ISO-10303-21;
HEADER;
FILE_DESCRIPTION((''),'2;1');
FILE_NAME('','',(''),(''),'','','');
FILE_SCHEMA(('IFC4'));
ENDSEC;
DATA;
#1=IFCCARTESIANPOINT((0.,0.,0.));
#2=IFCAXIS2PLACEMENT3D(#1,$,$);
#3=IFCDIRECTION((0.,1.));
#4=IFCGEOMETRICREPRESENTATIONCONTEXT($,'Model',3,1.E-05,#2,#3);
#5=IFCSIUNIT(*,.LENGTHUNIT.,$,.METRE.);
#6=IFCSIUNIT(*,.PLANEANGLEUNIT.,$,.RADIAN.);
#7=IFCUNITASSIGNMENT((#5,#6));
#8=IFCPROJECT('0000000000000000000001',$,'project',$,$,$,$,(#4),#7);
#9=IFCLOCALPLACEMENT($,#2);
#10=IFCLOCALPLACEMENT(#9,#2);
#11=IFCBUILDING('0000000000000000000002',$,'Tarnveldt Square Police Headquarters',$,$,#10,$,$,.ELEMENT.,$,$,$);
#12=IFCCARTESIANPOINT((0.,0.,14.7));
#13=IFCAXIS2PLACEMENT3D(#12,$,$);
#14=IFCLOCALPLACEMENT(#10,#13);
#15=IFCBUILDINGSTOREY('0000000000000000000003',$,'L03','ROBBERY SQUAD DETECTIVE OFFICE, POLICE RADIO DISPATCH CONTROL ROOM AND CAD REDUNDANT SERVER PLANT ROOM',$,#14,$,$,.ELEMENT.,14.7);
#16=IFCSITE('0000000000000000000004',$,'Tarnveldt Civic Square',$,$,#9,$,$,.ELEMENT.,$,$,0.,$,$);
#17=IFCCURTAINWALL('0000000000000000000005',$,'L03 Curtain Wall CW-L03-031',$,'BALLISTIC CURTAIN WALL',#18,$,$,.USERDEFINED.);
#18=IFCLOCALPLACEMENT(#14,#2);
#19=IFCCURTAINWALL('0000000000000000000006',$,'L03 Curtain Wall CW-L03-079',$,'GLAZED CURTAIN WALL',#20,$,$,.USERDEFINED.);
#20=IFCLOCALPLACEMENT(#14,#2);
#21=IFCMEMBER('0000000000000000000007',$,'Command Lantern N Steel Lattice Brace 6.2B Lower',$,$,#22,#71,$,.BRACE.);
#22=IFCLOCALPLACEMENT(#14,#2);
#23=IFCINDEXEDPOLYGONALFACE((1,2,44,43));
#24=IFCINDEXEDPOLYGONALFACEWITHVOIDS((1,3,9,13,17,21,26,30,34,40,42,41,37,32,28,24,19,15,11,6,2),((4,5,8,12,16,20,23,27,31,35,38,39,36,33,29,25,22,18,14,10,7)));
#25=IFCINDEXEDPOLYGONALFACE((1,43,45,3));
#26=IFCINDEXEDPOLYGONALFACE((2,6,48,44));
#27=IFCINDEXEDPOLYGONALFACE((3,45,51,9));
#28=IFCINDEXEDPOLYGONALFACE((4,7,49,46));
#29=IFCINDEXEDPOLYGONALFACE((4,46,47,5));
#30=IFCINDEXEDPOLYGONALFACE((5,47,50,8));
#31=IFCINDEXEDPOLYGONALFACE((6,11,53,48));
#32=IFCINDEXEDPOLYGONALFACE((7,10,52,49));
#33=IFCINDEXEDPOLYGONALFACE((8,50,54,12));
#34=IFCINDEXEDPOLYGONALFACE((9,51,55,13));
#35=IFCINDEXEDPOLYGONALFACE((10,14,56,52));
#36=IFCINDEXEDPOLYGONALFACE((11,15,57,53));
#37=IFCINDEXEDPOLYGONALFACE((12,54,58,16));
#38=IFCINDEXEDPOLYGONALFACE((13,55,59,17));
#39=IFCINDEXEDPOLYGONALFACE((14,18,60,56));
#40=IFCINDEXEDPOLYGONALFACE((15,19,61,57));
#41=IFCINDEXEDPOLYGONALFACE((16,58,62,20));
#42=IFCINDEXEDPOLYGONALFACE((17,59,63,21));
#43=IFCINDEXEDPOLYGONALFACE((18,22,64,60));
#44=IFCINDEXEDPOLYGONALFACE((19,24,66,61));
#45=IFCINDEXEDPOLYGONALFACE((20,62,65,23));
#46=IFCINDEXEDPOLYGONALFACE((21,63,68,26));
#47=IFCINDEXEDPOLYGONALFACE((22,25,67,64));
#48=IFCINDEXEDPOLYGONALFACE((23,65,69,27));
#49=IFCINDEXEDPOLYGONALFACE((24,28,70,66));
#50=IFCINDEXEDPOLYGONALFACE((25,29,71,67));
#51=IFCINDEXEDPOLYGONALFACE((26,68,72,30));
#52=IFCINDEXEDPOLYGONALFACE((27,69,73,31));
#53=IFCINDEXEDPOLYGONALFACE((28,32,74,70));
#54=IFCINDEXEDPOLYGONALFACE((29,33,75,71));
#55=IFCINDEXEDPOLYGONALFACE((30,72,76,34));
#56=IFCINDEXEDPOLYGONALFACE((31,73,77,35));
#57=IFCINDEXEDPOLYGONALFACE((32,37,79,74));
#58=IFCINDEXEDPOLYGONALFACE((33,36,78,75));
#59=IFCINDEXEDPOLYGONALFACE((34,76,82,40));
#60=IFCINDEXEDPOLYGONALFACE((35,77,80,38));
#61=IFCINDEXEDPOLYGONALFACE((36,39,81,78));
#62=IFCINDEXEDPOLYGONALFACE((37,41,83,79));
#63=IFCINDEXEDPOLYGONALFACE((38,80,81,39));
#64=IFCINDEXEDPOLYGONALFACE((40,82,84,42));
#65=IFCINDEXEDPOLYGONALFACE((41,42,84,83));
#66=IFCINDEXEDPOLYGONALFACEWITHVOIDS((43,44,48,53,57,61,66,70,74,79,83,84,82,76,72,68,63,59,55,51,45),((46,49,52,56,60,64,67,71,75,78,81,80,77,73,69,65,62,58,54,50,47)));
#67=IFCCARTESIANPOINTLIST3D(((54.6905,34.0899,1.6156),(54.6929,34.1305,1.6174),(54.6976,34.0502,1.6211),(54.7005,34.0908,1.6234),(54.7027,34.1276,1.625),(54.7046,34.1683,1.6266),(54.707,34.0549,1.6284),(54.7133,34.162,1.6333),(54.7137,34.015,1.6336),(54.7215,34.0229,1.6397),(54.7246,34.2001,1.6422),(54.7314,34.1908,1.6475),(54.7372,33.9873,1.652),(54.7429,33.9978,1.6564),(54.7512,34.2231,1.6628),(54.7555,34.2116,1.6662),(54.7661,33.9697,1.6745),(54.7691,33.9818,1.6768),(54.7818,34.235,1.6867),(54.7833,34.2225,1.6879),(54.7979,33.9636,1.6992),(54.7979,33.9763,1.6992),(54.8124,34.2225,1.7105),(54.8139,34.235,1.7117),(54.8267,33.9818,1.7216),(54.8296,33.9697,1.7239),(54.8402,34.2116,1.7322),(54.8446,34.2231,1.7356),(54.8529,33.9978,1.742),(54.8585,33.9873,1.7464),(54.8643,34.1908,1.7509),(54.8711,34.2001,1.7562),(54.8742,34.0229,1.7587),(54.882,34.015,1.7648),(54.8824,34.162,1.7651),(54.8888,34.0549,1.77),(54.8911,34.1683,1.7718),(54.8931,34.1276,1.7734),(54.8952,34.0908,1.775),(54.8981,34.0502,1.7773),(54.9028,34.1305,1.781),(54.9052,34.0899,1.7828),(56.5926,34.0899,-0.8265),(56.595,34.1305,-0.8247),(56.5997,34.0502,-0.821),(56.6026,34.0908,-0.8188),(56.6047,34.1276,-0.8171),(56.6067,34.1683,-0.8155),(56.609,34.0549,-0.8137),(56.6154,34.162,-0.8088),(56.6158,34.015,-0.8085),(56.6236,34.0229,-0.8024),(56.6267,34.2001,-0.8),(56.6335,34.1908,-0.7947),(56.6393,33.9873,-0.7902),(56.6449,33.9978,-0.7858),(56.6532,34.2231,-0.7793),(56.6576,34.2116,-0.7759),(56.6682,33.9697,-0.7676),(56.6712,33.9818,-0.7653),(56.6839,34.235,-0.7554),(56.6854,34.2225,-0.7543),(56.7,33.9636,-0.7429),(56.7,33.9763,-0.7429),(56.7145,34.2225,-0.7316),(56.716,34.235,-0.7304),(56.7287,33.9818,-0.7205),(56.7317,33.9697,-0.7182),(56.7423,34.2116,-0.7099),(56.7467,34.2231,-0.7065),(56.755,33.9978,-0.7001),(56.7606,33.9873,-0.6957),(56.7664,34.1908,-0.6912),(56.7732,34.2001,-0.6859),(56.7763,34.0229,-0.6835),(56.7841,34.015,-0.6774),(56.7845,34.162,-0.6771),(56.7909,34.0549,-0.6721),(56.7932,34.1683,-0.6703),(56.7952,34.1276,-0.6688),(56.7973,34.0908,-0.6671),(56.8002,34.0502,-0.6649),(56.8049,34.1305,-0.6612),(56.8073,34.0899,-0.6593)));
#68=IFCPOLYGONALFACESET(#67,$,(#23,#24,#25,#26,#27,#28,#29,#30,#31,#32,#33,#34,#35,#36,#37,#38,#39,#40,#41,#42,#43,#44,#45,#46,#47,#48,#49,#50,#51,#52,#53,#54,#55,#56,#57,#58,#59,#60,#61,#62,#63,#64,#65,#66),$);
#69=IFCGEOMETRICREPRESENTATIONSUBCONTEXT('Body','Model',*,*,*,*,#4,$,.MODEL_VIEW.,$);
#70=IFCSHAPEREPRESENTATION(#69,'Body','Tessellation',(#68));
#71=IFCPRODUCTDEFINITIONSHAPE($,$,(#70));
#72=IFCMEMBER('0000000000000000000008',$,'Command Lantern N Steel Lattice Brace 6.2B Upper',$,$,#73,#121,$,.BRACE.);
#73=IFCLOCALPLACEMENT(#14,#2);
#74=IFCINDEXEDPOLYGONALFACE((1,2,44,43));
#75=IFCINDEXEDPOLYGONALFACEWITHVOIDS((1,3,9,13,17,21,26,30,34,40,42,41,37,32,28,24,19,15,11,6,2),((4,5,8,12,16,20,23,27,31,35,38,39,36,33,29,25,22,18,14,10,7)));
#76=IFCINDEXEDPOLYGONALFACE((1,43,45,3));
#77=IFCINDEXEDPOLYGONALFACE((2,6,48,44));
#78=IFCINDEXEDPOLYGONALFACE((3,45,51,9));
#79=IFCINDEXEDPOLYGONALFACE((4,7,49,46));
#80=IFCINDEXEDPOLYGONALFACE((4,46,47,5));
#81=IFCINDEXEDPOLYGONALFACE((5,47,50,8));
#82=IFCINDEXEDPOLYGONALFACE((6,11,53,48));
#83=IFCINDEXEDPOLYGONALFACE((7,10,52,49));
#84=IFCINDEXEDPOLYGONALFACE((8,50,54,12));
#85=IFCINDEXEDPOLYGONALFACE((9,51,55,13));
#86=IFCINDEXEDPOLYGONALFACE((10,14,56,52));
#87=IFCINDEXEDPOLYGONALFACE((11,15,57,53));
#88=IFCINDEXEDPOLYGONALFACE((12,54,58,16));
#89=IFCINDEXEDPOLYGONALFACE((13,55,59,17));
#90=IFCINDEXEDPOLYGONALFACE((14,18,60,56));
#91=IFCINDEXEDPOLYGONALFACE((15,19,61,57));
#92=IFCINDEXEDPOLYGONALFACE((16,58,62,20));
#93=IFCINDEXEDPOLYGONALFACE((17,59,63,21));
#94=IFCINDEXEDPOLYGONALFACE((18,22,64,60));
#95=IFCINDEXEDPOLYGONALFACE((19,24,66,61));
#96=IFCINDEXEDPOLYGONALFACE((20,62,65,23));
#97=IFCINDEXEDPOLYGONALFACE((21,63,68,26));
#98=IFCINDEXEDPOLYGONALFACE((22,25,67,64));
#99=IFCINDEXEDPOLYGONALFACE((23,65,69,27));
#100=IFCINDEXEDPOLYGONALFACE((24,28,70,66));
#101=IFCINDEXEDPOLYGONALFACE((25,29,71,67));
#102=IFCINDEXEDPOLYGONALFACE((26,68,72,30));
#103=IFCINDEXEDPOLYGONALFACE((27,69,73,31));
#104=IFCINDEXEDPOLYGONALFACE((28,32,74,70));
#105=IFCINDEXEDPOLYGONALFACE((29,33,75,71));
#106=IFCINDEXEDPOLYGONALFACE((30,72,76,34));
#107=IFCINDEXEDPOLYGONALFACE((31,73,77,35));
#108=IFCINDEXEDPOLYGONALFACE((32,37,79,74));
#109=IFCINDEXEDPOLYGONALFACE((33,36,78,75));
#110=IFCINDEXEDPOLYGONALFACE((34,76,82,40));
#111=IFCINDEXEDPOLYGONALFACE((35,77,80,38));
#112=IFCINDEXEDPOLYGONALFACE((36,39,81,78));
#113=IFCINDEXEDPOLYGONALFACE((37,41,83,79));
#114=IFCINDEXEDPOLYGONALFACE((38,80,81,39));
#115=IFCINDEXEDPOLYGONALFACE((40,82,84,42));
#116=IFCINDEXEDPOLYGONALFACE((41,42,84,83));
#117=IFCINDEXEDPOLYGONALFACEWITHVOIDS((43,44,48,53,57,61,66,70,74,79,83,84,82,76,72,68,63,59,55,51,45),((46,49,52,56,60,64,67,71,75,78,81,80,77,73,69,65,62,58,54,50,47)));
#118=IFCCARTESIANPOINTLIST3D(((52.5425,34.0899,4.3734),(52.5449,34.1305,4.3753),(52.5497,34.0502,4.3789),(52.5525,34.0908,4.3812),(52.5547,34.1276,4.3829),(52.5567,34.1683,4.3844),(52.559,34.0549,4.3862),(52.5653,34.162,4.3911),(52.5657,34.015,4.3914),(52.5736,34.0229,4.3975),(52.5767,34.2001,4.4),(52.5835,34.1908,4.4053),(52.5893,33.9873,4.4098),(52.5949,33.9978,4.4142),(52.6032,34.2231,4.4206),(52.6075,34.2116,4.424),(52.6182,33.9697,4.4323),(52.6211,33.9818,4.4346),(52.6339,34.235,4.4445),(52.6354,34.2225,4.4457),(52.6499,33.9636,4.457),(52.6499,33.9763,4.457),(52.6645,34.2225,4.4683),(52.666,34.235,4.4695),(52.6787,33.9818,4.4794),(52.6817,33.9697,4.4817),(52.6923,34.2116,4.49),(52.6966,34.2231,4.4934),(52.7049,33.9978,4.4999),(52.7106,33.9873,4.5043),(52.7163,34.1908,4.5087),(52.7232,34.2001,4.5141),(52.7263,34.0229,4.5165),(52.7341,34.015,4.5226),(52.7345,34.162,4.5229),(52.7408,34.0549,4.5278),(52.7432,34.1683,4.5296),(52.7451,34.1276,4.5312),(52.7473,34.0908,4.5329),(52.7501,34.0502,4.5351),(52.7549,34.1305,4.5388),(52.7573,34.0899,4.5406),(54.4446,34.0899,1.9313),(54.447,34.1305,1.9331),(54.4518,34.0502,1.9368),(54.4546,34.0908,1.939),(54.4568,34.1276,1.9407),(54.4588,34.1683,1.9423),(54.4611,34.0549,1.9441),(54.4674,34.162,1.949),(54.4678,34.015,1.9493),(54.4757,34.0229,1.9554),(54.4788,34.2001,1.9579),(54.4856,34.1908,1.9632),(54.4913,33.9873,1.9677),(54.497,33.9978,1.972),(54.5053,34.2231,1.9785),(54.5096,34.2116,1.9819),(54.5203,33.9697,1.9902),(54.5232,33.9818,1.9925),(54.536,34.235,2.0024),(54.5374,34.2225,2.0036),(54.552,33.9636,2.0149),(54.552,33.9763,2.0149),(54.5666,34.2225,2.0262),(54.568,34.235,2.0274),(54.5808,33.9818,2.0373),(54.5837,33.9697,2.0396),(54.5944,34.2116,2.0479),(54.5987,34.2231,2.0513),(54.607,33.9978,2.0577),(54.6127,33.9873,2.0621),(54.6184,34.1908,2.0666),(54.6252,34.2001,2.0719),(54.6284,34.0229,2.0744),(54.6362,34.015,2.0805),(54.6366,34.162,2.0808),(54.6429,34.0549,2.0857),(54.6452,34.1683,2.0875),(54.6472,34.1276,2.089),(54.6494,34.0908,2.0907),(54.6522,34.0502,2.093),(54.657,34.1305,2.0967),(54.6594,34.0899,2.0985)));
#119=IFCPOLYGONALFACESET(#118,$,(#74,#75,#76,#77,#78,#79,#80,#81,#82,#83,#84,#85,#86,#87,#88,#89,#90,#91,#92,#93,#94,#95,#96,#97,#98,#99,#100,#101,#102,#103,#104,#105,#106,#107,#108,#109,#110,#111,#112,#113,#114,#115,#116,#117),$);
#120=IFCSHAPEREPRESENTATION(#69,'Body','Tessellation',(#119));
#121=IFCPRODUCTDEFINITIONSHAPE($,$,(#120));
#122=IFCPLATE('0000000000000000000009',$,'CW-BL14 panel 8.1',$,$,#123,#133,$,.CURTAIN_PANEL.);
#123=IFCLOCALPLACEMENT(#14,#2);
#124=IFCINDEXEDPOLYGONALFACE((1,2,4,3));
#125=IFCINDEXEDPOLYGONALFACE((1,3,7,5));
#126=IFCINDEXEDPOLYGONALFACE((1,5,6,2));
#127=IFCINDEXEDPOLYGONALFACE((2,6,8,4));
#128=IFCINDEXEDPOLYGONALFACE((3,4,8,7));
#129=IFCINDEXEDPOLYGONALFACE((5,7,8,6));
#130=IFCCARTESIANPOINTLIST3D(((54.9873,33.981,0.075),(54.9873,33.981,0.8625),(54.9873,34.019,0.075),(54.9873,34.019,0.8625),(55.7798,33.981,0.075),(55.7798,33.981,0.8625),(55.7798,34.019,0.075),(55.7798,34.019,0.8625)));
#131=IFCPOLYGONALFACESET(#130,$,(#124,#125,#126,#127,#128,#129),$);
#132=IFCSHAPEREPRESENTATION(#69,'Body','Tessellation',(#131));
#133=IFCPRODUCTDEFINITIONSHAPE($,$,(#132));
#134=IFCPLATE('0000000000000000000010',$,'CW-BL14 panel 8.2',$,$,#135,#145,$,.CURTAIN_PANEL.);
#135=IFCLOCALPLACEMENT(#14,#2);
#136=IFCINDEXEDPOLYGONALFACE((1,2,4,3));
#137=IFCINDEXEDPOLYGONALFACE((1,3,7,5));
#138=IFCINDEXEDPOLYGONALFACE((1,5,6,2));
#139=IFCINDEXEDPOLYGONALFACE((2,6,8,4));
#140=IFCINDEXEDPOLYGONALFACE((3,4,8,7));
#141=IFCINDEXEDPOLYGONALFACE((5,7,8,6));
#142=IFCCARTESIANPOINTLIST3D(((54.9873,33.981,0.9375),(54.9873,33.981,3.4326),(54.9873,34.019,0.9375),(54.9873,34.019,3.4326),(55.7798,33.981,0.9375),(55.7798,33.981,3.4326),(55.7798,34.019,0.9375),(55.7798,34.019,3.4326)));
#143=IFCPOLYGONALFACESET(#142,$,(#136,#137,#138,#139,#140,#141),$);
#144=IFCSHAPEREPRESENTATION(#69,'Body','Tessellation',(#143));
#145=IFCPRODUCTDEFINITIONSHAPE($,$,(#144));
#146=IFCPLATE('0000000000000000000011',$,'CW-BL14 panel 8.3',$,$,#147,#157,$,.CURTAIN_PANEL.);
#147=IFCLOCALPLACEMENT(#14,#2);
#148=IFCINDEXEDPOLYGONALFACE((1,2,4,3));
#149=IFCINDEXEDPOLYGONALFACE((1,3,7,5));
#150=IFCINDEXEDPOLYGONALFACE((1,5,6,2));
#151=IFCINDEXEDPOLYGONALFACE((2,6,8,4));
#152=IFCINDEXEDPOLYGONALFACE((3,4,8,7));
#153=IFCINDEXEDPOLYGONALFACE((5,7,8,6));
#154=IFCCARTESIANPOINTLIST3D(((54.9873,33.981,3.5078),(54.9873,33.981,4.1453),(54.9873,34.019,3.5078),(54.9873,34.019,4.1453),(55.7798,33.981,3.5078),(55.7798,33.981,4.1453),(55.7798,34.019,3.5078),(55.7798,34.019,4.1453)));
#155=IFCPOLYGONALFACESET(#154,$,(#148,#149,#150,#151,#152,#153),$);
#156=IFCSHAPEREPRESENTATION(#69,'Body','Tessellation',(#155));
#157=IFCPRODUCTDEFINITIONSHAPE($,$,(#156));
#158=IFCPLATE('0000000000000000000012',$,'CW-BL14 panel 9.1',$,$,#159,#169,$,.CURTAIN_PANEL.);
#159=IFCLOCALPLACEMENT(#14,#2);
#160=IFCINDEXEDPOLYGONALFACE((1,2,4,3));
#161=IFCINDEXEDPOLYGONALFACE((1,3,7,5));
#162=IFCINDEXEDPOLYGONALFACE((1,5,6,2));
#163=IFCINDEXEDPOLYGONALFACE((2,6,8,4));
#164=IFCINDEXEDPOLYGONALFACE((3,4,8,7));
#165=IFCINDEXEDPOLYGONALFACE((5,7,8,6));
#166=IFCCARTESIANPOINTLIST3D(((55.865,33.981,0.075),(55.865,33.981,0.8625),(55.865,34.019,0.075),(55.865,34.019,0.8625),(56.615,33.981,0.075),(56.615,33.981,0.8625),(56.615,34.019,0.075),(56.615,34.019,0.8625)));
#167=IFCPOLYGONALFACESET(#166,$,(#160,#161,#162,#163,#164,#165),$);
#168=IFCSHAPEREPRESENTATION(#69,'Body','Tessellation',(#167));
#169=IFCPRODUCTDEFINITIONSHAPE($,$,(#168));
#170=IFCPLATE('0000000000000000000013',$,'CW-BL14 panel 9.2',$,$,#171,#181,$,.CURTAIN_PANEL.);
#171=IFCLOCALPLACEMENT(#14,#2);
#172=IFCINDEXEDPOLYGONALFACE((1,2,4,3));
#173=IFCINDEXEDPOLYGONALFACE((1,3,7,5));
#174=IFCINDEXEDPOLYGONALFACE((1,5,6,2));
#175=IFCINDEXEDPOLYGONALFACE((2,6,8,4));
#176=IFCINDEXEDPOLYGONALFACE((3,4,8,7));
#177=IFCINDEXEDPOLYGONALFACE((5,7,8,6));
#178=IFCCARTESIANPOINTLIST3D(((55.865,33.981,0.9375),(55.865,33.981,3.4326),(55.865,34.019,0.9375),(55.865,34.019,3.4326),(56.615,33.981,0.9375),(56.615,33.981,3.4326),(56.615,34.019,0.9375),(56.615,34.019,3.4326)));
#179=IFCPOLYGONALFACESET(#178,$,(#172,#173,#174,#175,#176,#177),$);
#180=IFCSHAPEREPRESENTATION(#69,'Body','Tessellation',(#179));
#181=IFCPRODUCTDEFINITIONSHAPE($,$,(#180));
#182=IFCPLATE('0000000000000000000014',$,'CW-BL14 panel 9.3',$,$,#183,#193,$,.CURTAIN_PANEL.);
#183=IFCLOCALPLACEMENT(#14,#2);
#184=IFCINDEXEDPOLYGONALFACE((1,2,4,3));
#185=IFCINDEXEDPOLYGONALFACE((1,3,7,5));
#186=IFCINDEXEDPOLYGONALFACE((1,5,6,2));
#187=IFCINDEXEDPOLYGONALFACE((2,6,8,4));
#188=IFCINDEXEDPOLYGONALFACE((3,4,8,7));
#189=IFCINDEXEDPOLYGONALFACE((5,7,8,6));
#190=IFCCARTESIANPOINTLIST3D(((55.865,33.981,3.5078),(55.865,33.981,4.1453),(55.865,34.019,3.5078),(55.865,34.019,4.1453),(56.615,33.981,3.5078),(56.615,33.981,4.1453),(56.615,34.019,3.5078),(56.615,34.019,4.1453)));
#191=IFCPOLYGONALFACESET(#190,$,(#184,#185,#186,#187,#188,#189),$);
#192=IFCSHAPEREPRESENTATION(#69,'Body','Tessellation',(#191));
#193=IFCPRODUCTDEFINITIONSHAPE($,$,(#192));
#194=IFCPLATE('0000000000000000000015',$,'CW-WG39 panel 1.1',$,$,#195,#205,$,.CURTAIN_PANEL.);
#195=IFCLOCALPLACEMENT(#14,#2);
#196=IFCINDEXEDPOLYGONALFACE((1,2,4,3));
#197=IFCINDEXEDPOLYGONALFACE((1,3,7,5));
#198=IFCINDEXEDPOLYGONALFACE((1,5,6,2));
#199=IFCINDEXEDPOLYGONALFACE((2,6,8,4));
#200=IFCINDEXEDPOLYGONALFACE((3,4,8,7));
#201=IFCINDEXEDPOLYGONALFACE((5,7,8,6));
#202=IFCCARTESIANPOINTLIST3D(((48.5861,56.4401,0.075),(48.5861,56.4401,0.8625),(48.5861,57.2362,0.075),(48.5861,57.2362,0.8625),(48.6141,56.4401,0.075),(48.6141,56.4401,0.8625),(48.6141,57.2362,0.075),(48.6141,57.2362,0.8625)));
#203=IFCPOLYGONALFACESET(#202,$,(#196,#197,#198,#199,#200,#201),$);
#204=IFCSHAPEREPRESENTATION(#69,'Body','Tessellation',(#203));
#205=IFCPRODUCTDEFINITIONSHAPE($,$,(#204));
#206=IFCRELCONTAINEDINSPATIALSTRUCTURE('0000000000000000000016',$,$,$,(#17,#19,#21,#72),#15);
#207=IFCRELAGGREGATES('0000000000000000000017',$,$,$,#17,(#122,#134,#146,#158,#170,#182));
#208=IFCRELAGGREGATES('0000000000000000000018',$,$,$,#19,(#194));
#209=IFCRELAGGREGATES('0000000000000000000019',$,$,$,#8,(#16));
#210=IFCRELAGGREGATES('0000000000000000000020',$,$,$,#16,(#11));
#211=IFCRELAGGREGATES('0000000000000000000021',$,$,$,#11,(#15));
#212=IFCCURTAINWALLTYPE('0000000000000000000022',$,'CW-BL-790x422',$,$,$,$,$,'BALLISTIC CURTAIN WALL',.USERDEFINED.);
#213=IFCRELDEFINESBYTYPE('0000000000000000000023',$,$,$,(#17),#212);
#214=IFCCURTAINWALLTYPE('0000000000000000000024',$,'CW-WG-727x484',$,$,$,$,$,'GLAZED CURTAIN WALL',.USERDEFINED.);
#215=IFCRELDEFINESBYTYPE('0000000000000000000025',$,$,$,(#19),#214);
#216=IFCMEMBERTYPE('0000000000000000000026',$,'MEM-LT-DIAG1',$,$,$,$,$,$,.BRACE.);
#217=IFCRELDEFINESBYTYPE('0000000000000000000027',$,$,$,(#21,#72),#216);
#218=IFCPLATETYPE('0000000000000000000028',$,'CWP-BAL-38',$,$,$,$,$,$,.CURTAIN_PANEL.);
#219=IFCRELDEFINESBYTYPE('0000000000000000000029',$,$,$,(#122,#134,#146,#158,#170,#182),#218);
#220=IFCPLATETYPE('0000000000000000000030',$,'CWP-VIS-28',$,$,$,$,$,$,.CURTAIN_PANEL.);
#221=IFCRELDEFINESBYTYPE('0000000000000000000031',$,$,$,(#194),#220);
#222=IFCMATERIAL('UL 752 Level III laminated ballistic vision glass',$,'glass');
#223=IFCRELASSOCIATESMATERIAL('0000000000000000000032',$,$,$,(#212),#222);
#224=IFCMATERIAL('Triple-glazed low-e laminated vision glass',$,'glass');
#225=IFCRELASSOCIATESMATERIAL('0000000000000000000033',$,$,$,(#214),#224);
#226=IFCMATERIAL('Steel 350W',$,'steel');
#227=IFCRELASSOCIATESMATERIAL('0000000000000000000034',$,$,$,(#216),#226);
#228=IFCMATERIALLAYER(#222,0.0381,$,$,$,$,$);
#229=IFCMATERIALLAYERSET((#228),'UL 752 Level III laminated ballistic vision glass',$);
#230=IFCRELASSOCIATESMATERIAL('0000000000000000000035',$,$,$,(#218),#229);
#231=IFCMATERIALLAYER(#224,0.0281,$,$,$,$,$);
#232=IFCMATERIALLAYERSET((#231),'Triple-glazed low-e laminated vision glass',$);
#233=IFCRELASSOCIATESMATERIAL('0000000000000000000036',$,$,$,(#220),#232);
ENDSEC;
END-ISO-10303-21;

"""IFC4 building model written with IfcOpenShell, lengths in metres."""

from ifc_helpers import new_model, si_unit, direction, frame, origin, origin_2d, place, context, subcontext, project, spatial, rectangle, hollow_circle, extrude, material, layer, layer_set, material_profile, profile_set, type_object, element, aggregate, save


model = new_model("IFC4")

# Units and contexts
model_context = context("Model", 3, precision=1e-05, world=origin(), true_north=direction((0.0, 1.0)))
body_context = subcontext(model_context, "Body", "Model", "MODEL_VIEW")
ifc_project = project(units=[si_unit("LENGTHUNIT", "METRE"), si_unit("PLANEANGLEUNIT", "RADIAN")], contexts=[model_context])

# Site, building, storey
site_placement = place(None, origin())
site = spatial("IfcSite", under=ifc_project, at=site_placement, Name="Tarnveldt Civic Square", CompositionType="ELEMENT", RefElevation=0.0)
building_placement = place(site_placement, origin())
building = spatial("IfcBuilding", under=site, at=building_placement, Name="Tarnveldt Square Police Headquarters", CompositionType="ELEMENT")
storey_placement = place(building_placement, frame((0.0, 0.0, 14.7)))
storey = spatial("IfcBuildingStorey", under=building, at=storey_placement, Name="L03", Description="ROBBERY SQUAD DETECTIVE OFFICE, POLICE RADIO DISPATCH CONTROL ROOM AND CAD REDUNDANT SERVER PLANT ROOM", CompositionType="ELEMENT", Elevation=14.7)

# Shared definitions
ifc_material_1 = material(Name="Steel 350W", Category="steel")

# Curtain walls
ifc_material_2 = material(Name="UL 752 Level III laminated ballistic vision glass", Category="glass")
curtain_wall_type_1 = type_object("IfcCurtainWallType", Name="CW-BL-790x422", ElementType="BALLISTIC CURTAIN WALL", PredefinedType="USERDEFINED", material=ifc_material_2)
curtain_wall_1_placement = place(storey_placement, origin())
curtain_wall_1 = element("IfcCurtainWall", 1, at=curtain_wall_1_placement, inside=storey, type_object=curtain_wall_type_1, Name="L03 Curtain Wall CW-L03-031", ObjectType="BALLISTIC CURTAIN WALL", PredefinedType="USERDEFINED")
ifc_material_3 = material(Name="Triple-glazed low-e laminated vision glass", Category="glass")
curtain_wall_type_2 = type_object("IfcCurtainWallType", Name="CW-WG-727x484", ElementType="GLAZED CURTAIN WALL", PredefinedType="USERDEFINED", material=ifc_material_3)
curtain_wall_2_placement = place(storey_placement, origin())
curtain_wall_2 = element("IfcCurtainWall", 2, at=curtain_wall_2_placement, inside=storey, type_object=curtain_wall_type_2, Name="L03 Curtain Wall CW-L03-079", ObjectType="GLAZED CURTAIN WALL", PredefinedType="USERDEFINED")

# Members
ifc_material_profile_1 = material_profile(ifc_material_1, hollow_circle(Radius=0.1365, WallThickness=0.0127, at=origin_2d()), Name="HSS273x13")
ifc_profile_set_1 = profile_set([ifc_material_profile_1], Name="Steel 350W")
member_type_1 = type_object("IfcMemberType", Name="MEM-LT-DIAG1", PredefinedType="BRACE", material=ifc_profile_set_1)
for number, where, z_axis, x_axis, name in (
    (3, (56.7, 34.1001, -0.7429), (-0.614476, 0.0, 0.788936), (0.0, -1.0, 0.0), "Command Lantern N Steel Lattice Brace 6.2B Lower"),
    (4, (54.552, 34.1001, 2.0149), (-0.614476, 0.0, 0.788936), (0.0, -1.0, 0.0), "Command Lantern N Steel Lattice Brace 6.2B Upper"),
):
    element("IfcMember", number, at=place(storey_placement, frame(where, z_axis=z_axis, x_axis=x_axis)), inside=storey, type_object=member_type_1, Name=name, PredefinedType="BRACE", context=body_context, shape_type="SweptSolid", body=[
        extrude(hollow_circle(Radius=0.1365, WallThickness=0.0127, at=origin_2d()), origin(), (0.0, 0.0, 1.0), 3.0955),
    ])

# Plates
ifc_layer_1 = layer(ifc_material_2, 0.0381)
ifc_layer_set_1 = layer_set([ifc_layer_1], Name="UL 752 Level III laminated ballistic vision glass")
plate_type_1 = type_object("IfcPlateType", Name="CWP-BAL-38", PredefinedType="CURTAIN_PANEL", material=ifc_layer_set_1)
plate_1_placement = place(storey_placement, frame((55.3835, 34.0, 0.075), z_axis=(0.0, 0.0, 1.0), x_axis=(1.0, 0.0, 0.0)))
plate_1 = element("IfcPlate", 5, at=plate_1_placement, type_object=plate_type_1, Name="CW-BL14 panel 8.1", PredefinedType="CURTAIN_PANEL", context=body_context, shape_type="SweptSolid", body=[
    extrude(rectangle(XDim=0.7925, YDim=0.0381, at=origin_2d()), origin(), (0.0, 0.0, 1.0), 0.7876),
])
plate_2_placement = place(storey_placement, frame((55.3835, 34.0, 0.9375), z_axis=(0.0, 0.0, 1.0), x_axis=(1.0, 0.0, 0.0)))
plate_2 = element("IfcPlate", 6, at=plate_2_placement, type_object=plate_type_1, Name="CW-BL14 panel 8.2", PredefinedType="CURTAIN_PANEL", context=body_context, shape_type="SweptSolid", body=[
    extrude(rectangle(XDim=0.7925, YDim=0.0381, at=origin_2d()), origin(), (0.0, 0.0, 1.0), 2.4951),
])
plate_3_placement = place(storey_placement, frame((55.3835, 34.0, 3.5078), z_axis=(0.0, 0.0, 1.0), x_axis=(1.0, 0.0, 0.0)))
plate_3 = element("IfcPlate", 7, at=plate_3_placement, type_object=plate_type_1, Name="CW-BL14 panel 8.3", PredefinedType="CURTAIN_PANEL", context=body_context, shape_type="SweptSolid", body=[
    extrude(rectangle(XDim=0.7925, YDim=0.0381, at=origin_2d()), origin(), (0.0, 0.0, 1.0), 0.6375),
])
plate_4_placement = place(storey_placement, frame((56.24, 34.0, 0.075), z_axis=(0.0, 0.0, 1.0), x_axis=(1.0, 0.0, 0.0)))
plate_4 = element("IfcPlate", 8, at=plate_4_placement, type_object=plate_type_1, Name="CW-BL14 panel 9.1", PredefinedType="CURTAIN_PANEL", context=body_context, shape_type="SweptSolid", body=[
    extrude(rectangle(XDim=0.75, YDim=0.0381, at=origin_2d()), origin(), (0.0, 0.0, 1.0), 0.7876),
])
plate_5_placement = place(storey_placement, frame((56.24, 34.0, 0.9375), z_axis=(0.0, 0.0, 1.0), x_axis=(1.0, 0.0, 0.0)))
plate_5 = element("IfcPlate", 9, at=plate_5_placement, type_object=plate_type_1, Name="CW-BL14 panel 9.2", PredefinedType="CURTAIN_PANEL", context=body_context, shape_type="SweptSolid", body=[
    extrude(rectangle(XDim=0.75, YDim=0.0381, at=origin_2d()), origin(), (0.0, 0.0, 1.0), 2.4951),
])
plate_6_placement = place(storey_placement, frame((56.24, 34.0, 3.5078), z_axis=(0.0, 0.0, 1.0), x_axis=(1.0, 0.0, 0.0)))
plate_6 = element("IfcPlate", 10, at=plate_6_placement, type_object=plate_type_1, Name="CW-BL14 panel 9.3", PredefinedType="CURTAIN_PANEL", context=body_context, shape_type="SweptSolid", body=[
    extrude(rectangle(XDim=0.75, YDim=0.0381, at=origin_2d()), origin(), (0.0, 0.0, 1.0), 0.6375),
])
aggregate(curtain_wall_1, [plate_1, plate_2, plate_3, plate_4, plate_5, plate_6])
ifc_layer_2 = layer(ifc_material_3, 0.0281)
ifc_layer_set_2 = layer_set([ifc_layer_2], Name="Triple-glazed low-e laminated vision glass")
plate_type_2 = type_object("IfcPlateType", Name="CWP-VIS-28", PredefinedType="CURTAIN_PANEL", material=ifc_layer_set_2)
plate_7_placement = place(storey_placement, frame((48.6001, 56.8381, 0.075), z_axis=(0.0, 0.0, 1.0), x_axis=(0.0, 1.0, 0.0)))
plate_7 = element("IfcPlate", 11, at=plate_7_placement, type_object=plate_type_2, Name="CW-WG39 panel 1.1", PredefinedType="CURTAIN_PANEL", context=body_context, shape_type="SweptSolid", body=[
    extrude(rectangle(XDim=0.7961, YDim=0.0281, at=origin_2d()), origin(), (0.0, 0.0, 1.0), 0.7876),
])
aggregate(curtain_wall_2, [plate_7])

save(model, "model.ifc")
